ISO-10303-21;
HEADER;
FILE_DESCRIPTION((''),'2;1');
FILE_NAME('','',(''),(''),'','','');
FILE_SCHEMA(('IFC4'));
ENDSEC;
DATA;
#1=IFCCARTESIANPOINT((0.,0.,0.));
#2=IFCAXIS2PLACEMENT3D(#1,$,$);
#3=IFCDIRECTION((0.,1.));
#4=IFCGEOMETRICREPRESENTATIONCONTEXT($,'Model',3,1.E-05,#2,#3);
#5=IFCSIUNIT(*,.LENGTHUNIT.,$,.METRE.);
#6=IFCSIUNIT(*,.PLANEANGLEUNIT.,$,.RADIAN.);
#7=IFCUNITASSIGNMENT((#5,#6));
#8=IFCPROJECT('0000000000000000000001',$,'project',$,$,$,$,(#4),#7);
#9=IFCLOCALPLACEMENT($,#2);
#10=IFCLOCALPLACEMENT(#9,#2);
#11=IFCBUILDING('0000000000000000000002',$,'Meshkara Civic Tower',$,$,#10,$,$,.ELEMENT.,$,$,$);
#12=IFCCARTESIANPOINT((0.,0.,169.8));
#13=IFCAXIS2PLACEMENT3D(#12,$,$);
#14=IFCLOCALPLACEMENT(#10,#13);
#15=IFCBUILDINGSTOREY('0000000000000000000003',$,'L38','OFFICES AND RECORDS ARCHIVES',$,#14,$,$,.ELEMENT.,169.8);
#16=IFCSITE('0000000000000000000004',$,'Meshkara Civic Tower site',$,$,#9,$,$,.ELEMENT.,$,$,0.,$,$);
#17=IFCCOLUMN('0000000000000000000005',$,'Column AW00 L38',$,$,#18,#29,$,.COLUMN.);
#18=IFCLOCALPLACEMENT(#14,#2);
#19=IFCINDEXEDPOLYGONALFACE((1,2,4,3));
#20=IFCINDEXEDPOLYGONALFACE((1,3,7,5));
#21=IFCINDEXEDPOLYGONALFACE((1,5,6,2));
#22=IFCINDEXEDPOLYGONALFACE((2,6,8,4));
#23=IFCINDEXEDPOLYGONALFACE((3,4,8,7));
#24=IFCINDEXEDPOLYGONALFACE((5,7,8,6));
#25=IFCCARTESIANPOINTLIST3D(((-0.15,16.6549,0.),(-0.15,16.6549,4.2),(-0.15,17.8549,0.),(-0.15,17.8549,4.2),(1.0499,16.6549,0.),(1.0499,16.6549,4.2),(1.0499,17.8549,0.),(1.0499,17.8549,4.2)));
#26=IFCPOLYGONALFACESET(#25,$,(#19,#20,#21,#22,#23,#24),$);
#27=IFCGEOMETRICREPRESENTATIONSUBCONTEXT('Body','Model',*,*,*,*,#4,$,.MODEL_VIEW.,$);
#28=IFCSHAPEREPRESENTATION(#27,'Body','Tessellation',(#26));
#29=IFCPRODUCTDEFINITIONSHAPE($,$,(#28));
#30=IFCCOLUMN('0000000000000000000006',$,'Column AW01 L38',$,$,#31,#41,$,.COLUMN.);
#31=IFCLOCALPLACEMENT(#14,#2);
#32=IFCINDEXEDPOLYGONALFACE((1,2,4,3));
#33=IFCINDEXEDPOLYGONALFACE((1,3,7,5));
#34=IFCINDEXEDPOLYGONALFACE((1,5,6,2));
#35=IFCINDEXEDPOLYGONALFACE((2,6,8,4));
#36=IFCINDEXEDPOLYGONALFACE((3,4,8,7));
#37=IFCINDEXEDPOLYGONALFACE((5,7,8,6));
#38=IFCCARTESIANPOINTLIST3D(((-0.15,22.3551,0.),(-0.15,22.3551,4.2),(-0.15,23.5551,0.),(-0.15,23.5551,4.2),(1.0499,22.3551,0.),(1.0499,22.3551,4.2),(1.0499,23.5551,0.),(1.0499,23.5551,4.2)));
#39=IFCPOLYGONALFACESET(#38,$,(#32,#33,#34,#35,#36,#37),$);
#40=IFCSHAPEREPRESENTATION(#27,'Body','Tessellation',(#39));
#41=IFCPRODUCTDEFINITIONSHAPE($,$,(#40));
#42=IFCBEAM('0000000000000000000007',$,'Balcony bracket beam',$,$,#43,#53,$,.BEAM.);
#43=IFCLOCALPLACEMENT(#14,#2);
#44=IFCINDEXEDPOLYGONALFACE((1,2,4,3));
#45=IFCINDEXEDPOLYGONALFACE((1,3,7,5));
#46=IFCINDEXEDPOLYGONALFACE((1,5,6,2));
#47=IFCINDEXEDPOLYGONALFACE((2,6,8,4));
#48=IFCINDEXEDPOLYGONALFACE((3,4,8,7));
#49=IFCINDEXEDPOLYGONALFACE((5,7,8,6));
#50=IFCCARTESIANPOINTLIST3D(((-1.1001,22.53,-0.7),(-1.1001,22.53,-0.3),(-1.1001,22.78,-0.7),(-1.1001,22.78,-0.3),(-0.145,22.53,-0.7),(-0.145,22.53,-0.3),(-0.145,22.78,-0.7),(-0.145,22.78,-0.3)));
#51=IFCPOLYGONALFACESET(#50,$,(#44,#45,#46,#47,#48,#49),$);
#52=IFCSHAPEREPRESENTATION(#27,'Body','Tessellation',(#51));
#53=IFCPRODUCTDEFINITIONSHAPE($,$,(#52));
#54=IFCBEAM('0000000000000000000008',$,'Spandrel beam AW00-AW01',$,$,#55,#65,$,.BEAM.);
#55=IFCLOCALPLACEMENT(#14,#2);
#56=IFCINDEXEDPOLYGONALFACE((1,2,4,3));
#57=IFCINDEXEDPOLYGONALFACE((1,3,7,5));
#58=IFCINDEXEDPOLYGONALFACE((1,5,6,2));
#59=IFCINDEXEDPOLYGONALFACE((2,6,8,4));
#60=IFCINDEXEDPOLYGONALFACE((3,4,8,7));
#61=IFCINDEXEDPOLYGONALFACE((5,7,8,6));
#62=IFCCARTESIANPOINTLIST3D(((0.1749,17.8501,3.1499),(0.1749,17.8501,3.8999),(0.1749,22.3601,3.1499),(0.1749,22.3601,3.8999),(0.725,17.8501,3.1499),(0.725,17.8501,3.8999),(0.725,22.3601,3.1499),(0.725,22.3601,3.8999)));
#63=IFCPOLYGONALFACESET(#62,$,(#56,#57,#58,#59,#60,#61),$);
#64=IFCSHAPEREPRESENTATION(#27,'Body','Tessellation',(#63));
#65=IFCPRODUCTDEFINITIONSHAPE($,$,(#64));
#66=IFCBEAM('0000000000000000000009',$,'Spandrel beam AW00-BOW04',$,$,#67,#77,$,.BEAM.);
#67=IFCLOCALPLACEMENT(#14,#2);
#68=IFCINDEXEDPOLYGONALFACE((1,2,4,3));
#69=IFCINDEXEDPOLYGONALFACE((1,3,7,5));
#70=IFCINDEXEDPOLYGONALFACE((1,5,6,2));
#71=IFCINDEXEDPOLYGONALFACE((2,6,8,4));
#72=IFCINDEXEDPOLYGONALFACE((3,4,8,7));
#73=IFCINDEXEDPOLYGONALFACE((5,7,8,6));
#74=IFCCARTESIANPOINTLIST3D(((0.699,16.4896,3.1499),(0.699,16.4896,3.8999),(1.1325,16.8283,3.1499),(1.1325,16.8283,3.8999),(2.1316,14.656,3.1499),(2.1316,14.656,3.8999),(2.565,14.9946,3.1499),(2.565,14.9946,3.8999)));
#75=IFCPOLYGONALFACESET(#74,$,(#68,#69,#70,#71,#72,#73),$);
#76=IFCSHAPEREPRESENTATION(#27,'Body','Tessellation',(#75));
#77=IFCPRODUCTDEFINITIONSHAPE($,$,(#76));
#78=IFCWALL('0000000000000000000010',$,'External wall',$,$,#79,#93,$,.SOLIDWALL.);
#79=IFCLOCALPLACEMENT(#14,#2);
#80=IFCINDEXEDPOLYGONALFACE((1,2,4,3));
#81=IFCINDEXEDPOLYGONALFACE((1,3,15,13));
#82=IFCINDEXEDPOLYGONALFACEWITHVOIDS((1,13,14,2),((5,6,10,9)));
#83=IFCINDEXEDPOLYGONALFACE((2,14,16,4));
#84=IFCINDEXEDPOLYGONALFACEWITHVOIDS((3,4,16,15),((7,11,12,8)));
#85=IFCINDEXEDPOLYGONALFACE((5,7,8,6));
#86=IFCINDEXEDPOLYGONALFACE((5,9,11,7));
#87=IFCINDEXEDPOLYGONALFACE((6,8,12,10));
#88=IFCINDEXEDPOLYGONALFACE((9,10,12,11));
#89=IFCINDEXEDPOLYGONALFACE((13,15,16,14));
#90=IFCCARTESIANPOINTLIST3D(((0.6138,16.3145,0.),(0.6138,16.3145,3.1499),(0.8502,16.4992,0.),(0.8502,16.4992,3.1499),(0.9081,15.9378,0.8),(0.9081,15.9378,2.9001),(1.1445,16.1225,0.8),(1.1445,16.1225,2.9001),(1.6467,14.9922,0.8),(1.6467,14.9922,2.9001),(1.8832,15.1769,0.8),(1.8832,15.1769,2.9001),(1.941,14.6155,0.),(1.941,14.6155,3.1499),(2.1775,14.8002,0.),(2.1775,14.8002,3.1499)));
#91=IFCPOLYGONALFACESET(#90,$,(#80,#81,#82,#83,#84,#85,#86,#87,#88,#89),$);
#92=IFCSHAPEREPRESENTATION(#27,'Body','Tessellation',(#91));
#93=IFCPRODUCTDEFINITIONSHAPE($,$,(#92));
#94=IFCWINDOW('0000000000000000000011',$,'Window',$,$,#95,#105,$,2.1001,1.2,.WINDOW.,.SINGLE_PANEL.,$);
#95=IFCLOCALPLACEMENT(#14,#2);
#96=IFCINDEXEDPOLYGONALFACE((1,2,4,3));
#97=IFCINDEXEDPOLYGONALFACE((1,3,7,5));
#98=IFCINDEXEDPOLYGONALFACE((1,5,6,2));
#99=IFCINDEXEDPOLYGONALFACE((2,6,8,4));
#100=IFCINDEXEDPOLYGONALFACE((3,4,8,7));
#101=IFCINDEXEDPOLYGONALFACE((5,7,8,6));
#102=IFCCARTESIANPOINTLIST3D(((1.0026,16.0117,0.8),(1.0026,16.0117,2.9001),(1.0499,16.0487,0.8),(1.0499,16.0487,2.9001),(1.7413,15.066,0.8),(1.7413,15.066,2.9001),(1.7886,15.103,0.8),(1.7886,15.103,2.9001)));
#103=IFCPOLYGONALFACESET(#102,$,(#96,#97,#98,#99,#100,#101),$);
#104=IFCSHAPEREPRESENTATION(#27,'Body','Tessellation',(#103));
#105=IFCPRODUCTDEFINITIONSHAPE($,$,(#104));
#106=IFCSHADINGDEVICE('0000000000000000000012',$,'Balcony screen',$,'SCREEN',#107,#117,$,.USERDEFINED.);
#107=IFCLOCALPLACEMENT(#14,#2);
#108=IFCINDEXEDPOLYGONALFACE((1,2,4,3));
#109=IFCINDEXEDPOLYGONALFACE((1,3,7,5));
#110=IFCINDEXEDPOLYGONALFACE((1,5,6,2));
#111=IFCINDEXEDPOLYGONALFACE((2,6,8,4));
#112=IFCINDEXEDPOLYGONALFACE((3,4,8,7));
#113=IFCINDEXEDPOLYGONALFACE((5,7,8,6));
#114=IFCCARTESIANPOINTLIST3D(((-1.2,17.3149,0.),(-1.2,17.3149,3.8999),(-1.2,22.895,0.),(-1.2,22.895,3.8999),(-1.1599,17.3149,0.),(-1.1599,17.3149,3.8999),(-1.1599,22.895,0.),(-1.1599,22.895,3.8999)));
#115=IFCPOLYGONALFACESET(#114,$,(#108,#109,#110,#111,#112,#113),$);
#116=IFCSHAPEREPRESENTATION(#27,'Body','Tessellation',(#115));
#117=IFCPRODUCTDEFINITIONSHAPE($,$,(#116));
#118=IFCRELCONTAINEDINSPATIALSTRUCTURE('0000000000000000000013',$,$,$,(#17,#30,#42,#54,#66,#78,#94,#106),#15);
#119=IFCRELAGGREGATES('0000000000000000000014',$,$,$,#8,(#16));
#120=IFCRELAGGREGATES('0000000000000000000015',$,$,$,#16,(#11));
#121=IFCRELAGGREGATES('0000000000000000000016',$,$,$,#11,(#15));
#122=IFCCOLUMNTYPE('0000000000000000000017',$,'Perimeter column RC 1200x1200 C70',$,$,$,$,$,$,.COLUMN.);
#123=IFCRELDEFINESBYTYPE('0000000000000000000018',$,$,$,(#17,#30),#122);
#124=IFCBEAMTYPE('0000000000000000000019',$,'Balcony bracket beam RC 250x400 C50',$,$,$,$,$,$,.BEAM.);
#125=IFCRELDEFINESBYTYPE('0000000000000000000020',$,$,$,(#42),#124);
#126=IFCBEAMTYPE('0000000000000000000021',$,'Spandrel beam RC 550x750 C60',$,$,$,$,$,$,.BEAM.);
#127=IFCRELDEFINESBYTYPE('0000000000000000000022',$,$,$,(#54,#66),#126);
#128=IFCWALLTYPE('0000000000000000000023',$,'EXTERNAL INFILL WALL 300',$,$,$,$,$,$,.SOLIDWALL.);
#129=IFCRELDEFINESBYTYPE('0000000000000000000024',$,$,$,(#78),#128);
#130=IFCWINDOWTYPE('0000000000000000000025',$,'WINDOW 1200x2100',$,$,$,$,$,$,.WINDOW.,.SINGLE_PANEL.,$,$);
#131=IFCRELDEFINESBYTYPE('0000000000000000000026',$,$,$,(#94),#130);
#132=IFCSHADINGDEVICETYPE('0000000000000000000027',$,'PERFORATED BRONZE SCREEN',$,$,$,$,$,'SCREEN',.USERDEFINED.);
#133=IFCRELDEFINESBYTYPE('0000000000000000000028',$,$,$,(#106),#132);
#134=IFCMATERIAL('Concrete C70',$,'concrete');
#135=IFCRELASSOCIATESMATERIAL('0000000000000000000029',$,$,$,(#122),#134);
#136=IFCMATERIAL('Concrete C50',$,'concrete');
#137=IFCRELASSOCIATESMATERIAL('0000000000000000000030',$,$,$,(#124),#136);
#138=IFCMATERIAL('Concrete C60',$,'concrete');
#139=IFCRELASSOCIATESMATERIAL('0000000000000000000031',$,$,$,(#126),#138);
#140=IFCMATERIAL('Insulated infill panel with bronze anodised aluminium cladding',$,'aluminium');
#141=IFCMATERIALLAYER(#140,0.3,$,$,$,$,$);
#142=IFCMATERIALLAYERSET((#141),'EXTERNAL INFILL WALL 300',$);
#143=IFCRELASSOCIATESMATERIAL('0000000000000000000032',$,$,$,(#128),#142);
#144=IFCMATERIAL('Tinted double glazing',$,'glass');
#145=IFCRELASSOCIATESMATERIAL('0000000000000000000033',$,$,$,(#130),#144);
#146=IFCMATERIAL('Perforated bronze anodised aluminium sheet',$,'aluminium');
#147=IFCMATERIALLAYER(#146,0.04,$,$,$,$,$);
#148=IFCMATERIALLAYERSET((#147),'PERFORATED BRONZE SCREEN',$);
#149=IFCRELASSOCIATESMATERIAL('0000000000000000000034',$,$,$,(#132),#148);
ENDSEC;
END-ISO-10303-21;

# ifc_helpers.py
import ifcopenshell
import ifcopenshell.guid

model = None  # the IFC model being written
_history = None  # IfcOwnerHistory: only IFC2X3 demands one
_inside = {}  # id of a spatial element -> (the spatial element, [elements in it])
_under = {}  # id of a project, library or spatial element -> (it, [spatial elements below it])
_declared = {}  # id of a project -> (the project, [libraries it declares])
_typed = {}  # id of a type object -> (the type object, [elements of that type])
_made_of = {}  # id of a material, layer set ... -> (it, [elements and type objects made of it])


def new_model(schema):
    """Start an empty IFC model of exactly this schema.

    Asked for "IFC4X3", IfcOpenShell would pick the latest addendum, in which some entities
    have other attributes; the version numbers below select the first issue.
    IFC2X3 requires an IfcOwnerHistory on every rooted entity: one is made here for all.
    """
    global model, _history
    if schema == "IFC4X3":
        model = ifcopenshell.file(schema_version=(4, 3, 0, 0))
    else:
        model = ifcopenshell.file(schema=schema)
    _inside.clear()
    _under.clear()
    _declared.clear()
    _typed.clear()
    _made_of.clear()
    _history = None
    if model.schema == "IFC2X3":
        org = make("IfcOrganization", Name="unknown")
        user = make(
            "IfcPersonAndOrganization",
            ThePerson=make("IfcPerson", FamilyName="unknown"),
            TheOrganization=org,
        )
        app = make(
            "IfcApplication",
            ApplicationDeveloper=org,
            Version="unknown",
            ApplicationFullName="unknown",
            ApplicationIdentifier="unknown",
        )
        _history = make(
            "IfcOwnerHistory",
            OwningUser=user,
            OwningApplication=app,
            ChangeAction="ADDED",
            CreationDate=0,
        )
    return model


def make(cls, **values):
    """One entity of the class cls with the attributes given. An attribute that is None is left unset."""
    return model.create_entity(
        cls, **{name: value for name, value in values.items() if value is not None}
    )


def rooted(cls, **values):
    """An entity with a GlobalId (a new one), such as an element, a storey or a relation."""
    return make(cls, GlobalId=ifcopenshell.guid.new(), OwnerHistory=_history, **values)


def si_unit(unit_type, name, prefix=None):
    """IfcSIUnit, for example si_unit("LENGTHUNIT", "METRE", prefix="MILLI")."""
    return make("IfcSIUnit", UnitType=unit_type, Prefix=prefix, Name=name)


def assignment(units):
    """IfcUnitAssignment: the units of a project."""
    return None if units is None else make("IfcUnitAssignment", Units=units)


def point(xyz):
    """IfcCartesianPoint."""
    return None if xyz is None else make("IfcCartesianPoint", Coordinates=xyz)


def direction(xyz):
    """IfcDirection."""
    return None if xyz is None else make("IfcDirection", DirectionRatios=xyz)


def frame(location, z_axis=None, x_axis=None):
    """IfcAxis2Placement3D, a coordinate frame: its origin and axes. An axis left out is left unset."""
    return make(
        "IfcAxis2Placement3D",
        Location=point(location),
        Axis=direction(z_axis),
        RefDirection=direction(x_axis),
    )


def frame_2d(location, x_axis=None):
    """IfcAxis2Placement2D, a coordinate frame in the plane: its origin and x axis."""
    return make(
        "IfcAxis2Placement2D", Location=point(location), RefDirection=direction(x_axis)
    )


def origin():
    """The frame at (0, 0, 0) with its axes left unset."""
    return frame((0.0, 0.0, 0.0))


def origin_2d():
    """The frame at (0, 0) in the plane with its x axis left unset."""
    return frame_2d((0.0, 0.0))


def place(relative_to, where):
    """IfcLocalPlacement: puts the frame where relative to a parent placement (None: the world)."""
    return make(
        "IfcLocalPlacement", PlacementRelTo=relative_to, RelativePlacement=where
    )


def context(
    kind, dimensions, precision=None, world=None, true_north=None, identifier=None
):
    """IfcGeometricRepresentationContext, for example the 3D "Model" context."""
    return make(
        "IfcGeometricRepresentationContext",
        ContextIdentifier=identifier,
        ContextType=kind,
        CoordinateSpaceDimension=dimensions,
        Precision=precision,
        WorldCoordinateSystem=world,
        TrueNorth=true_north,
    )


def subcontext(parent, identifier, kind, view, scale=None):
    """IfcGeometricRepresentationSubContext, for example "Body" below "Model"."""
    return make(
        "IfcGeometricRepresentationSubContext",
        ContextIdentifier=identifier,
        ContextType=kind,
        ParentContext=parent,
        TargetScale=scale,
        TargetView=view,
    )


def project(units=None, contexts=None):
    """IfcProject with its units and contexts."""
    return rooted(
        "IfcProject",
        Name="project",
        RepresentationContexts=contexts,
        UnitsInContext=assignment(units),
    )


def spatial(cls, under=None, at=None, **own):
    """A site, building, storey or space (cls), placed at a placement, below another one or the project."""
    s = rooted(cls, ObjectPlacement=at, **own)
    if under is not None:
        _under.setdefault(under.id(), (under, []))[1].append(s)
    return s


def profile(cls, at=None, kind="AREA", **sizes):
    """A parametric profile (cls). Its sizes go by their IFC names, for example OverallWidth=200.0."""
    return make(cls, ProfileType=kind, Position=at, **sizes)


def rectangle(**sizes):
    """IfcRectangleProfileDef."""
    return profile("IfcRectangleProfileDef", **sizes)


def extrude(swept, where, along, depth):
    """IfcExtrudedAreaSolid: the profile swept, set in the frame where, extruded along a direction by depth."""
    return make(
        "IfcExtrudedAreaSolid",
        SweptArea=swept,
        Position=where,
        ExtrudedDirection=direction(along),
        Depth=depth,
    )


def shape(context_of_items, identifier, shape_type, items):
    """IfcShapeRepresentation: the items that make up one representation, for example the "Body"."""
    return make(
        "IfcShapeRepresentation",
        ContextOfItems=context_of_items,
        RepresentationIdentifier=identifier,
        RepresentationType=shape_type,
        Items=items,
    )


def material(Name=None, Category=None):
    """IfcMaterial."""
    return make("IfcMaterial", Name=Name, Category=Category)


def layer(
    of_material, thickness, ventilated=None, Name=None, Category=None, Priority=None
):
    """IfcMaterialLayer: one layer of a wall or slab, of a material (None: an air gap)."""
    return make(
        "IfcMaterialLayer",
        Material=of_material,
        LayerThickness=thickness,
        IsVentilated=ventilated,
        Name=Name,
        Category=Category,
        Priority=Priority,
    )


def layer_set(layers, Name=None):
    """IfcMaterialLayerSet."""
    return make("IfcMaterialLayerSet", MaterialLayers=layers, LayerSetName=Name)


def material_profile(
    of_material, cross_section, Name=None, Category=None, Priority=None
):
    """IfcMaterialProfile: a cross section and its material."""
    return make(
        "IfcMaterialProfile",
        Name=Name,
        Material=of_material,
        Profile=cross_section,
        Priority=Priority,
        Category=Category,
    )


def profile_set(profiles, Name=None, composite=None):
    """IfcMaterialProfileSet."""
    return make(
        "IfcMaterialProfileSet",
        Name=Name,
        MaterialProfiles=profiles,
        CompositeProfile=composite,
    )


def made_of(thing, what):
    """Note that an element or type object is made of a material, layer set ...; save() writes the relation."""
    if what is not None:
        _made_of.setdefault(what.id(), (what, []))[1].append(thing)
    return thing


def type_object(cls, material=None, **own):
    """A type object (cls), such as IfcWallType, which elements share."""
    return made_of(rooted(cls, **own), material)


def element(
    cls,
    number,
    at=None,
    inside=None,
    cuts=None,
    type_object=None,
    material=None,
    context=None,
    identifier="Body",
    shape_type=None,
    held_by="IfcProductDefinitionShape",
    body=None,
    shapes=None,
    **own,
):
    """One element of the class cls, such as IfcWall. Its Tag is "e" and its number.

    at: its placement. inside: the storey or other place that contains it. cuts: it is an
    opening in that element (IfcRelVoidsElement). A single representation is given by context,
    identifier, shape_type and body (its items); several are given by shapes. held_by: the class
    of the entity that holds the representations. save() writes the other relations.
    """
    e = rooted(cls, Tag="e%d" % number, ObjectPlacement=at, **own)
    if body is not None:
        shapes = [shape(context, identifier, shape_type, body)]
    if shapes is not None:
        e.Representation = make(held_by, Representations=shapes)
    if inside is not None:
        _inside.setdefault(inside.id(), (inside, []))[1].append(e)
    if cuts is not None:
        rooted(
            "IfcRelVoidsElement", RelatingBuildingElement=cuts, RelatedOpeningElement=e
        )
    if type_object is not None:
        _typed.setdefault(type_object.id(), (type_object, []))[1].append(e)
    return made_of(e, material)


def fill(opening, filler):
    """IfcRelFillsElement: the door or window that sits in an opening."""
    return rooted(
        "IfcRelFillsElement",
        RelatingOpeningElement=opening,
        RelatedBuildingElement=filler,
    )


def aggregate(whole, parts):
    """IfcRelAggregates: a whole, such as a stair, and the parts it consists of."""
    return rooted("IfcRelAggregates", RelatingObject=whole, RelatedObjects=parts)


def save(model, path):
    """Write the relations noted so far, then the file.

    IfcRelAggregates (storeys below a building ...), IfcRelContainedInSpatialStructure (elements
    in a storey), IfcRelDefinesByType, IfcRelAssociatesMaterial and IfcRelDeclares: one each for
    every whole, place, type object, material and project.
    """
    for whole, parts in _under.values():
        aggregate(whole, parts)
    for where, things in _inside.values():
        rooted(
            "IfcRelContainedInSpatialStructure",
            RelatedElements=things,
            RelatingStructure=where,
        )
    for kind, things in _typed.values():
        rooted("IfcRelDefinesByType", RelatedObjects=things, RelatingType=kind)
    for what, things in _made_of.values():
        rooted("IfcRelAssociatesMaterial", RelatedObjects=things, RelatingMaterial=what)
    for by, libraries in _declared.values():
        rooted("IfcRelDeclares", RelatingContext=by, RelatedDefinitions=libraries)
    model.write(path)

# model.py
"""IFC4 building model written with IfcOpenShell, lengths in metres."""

from ifc_helpers import new_model, si_unit, direction, frame, frame_2d, origin, origin_2d, place, context, subcontext, project, spatial, rectangle, extrude, material, layer, layer_set, material_profile, profile_set, type_object, element, fill, save


model = new_model("IFC4")

# Units and contexts
model_context = context("Model", 3, precision=1e-05, world=origin(), true_north=direction((0.0, 1.0)))
body_context = subcontext(model_context, "Body", "Model", "MODEL_VIEW")
ifc_project = project(units=[si_unit("LENGTHUNIT", "METRE"), si_unit("PLANEANGLEUNIT", "RADIAN")], contexts=[model_context])

# Site, building, storey
site_placement = place(None, origin())
site = spatial("IfcSite", under=ifc_project, at=site_placement, Name="Meshkara Civic Tower site", CompositionType="ELEMENT", RefElevation=0.0)
building_placement = place(site_placement, origin())
building = spatial("IfcBuilding", under=site, at=building_placement, Name="Meshkara Civic Tower", CompositionType="ELEMENT")
storey_placement = place(building_placement, frame((0.0, 0.0, 169.8)))
storey = spatial("IfcBuildingStorey", under=building, at=storey_placement, Name="L38", Description="OFFICES AND RECORDS ARCHIVES", CompositionType="ELEMENT", Elevation=169.8)

# Columns
ifc_material_1 = material(Name="Concrete C70", Category="concrete")
ifc_material_profile_1 = material_profile(ifc_material_1, rectangle(XDim=1.2, YDim=1.2, at=origin_2d()))
ifc_profile_set_1 = profile_set([ifc_material_profile_1], Name="Concrete C70")
column_type = type_object("IfcColumnType", Name="Perimeter column RC 1200x1200 C70", PredefinedType="COLUMN", material=ifc_profile_set_1)
for number, where, z_axis, x_axis, name in (
    (1, (0.45, 17.2549, 0.0), (0.0, 0.0, 1.0), (1.0, 0.0, 0.0), "Column AW00 L38"),
    (2, (0.45, 22.9551, 0.0), (0.0, 0.0, 1.0), (1.0, 0.0, 0.0), "Column AW01 L38"),
):
    element("IfcColumn", number, at=place(storey_placement, frame(where, z_axis=z_axis, x_axis=x_axis)), inside=storey, type_object=column_type, Name=name, PredefinedType="COLUMN", context=body_context, shape_type="SweptSolid", body=[
        extrude(rectangle(XDim=1.2, YDim=1.2, at=origin_2d()), origin(), (0.0, 0.0, 1.0), 4.2),
    ])

# Beams
ifc_material_2 = material(Name="Concrete C50", Category="concrete")
ifc_material_profile_2 = material_profile(ifc_material_2, rectangle(XDim=0.25, YDim=0.3999, at=origin_2d()))
ifc_profile_set_2 = profile_set([ifc_material_profile_2], Name="Concrete C50")
beam_type_1 = type_object("IfcBeamType", Name="Balcony bracket beam RC 250x400 C50", PredefinedType="BEAM", material=ifc_profile_set_2)
beam_1_placement = place(storey_placement, frame((-0.145, 22.655, -0.5), z_axis=(-1.0, 0.0, 0.0), x_axis=(0.0, -1.0, 0.0)))
element("IfcBeam", 3, at=beam_1_placement, inside=storey, type_object=beam_type_1, Name="Balcony bracket beam", PredefinedType="BEAM", context=body_context, shape_type="SweptSolid", body=[
    extrude(rectangle(XDim=0.25, YDim=0.3999, at=origin_2d()), origin(), (0.0, 0.0, 1.0), 0.9551),
])
ifc_material_3 = material(Name="Concrete C60", Category="concrete")
ifc_material_profile_3 = material_profile(ifc_material_3, rectangle(XDim=0.55, YDim=0.75, at=origin_2d()))
ifc_profile_set_3 = profile_set([ifc_material_profile_3], Name="Concrete C60")
beam_type_2 = type_object("IfcBeamType", Name="Spandrel beam RC 550x750 C60", PredefinedType="BEAM", material=ifc_profile_set_3)
beam_2_placement = place(storey_placement, frame((0.45, 22.3601, 3.5249), z_axis=(0.0, -1.0, 0.0), x_axis=(1.0, 0.0, 0.0)))
element("IfcBeam", 4, at=beam_2_placement, inside=storey, type_object=beam_type_2, Name="Spandrel beam AW00-AW01", PredefinedType="BEAM", context=body_context, shape_type="SweptSolid", body=[
    extrude(rectangle(XDim=0.55, YDim=0.75, at=origin_2d()), origin(), (0.0, 0.0, 1.0), 4.51),
])
beam_3_placement = place(storey_placement, frame((0.9158, 16.6589, 3.5249), z_axis=(0.615646, -0.788023, 0.0), x_axis=(0.788023, 0.615646, 0.0)))
element("IfcBeam", 5, at=beam_3_placement, inside=storey, type_object=beam_type_2, Name="Spandrel beam AW00-BOW04", PredefinedType="BEAM", context=body_context, shape_type="SweptSolid", body=[
    extrude(rectangle(XDim=0.55, YDim=0.75, at=origin_2d()), origin(), (0.0, 0.0, 1.0), 2.3269),
])

# Wall, opening, window
ifc_material_4 = material(Name="Insulated infill panel with bronze anodised aluminium cladding", Category="aluminium")
ifc_layer_1 = layer(ifc_material_4, 0.3)
ifc_layer_set_1 = layer_set([ifc_layer_1], Name="EXTERNAL INFILL WALL 300")
wall_type_1 = type_object("IfcWallType", Name="EXTERNAL INFILL WALL 300", PredefinedType="SOLIDWALL", material=ifc_layer_set_1)
wall_1_placement = place(storey_placement, frame((0.7319, 16.407, 0.0), z_axis=(0.0, 0.0, 1.0), x_axis=(0.615593, -0.788064, 0.0)))
wall_1 = element("IfcWall", 6, at=wall_1_placement, inside=storey, type_object=wall_type_1, Name="External wall", PredefinedType="SOLIDWALL", context=body_context, shape_type="SweptSolid", body=[
    extrude(rectangle(XDim=2.156, YDim=0.3, at=frame_2d((1.0781, 0.0))), origin(), (0.0, 0.0, 1.0), 3.1499),
])
opening_1_placement = place(wall_1_placement, frame((0.478, 0.0, 0.8)))
opening_1 = element("IfcOpeningElement", 7, at=opening_1_placement, cuts=wall_1, PredefinedType="OPENING", context=body_context, shape_type="SweptSolid", body=[
    extrude(rectangle(XDim=1.2, YDim=2.1001, at=frame_2d((0.6001, 1.05))), frame((0.0, 0.1599, 0.0), z_axis=(0.0, -1.0, 0.0), x_axis=(1.0, 0.0, 0.0)), (0.0, 0.0, 1.0), 0.3201),
])
ifc_material_5 = material(Name="Tinted double glazing", Category="glass")
window_type = type_object("IfcWindowType", Name="WINDOW 1200x2100", PartitioningType="SINGLE_PANEL", PredefinedType="WINDOW", material=ifc_material_5)
window_placement = place(opening_1_placement, origin())
window = element("IfcWindow", 8, at=window_placement, inside=storey, type_object=window_type, Name="Window", OverallHeight=2.1001, OverallWidth=1.2, PartitioningType="SINGLE_PANEL", PredefinedType="WINDOW", context=body_context, shape_type="SweptSolid", body=[
    extrude(rectangle(XDim=1.2, YDim=2.1001, at=frame_2d((0.6001, 1.05))), frame((0.0, 0.03, 0.0), z_axis=(0.0, -1.0, 0.0), x_axis=(1.0, 0.0, 0.0)), (0.0, 0.0, 1.0), 0.0601),
])
fill(opening_1, window)

# Shading device
ifc_material_6 = material(Name="Perforated bronze anodised aluminium sheet", Category="aluminium")
ifc_layer_2 = layer(ifc_material_6, 0.04)
ifc_layer_set_2 = layer_set([ifc_layer_2], Name="PERFORATED BRONZE SCREEN")
shading_device_type = type_object("IfcShadingDeviceType", Name="PERFORATED BRONZE SCREEN", ElementType="SCREEN", PredefinedType="USERDEFINED", material=ifc_layer_set_2)
shading_device_placement = place(storey_placement, frame((-1.1799, 20.105, 0.0), z_axis=(0.0, 0.0, 1.0), x_axis=(0.0, -1.0, 0.0)))
element("IfcShadingDevice", 9, at=shading_device_placement, inside=storey, type_object=shading_device_type, Name="Balcony screen", ObjectType="SCREEN", PredefinedType="USERDEFINED", context=body_context, shape_type="SweptSolid", body=[
    extrude(rectangle(XDim=5.5801, YDim=0.04, at=origin_2d()), origin(), (0.0, 0.0, 1.0), 3.8999),
])

save(model, "model.ifc")
